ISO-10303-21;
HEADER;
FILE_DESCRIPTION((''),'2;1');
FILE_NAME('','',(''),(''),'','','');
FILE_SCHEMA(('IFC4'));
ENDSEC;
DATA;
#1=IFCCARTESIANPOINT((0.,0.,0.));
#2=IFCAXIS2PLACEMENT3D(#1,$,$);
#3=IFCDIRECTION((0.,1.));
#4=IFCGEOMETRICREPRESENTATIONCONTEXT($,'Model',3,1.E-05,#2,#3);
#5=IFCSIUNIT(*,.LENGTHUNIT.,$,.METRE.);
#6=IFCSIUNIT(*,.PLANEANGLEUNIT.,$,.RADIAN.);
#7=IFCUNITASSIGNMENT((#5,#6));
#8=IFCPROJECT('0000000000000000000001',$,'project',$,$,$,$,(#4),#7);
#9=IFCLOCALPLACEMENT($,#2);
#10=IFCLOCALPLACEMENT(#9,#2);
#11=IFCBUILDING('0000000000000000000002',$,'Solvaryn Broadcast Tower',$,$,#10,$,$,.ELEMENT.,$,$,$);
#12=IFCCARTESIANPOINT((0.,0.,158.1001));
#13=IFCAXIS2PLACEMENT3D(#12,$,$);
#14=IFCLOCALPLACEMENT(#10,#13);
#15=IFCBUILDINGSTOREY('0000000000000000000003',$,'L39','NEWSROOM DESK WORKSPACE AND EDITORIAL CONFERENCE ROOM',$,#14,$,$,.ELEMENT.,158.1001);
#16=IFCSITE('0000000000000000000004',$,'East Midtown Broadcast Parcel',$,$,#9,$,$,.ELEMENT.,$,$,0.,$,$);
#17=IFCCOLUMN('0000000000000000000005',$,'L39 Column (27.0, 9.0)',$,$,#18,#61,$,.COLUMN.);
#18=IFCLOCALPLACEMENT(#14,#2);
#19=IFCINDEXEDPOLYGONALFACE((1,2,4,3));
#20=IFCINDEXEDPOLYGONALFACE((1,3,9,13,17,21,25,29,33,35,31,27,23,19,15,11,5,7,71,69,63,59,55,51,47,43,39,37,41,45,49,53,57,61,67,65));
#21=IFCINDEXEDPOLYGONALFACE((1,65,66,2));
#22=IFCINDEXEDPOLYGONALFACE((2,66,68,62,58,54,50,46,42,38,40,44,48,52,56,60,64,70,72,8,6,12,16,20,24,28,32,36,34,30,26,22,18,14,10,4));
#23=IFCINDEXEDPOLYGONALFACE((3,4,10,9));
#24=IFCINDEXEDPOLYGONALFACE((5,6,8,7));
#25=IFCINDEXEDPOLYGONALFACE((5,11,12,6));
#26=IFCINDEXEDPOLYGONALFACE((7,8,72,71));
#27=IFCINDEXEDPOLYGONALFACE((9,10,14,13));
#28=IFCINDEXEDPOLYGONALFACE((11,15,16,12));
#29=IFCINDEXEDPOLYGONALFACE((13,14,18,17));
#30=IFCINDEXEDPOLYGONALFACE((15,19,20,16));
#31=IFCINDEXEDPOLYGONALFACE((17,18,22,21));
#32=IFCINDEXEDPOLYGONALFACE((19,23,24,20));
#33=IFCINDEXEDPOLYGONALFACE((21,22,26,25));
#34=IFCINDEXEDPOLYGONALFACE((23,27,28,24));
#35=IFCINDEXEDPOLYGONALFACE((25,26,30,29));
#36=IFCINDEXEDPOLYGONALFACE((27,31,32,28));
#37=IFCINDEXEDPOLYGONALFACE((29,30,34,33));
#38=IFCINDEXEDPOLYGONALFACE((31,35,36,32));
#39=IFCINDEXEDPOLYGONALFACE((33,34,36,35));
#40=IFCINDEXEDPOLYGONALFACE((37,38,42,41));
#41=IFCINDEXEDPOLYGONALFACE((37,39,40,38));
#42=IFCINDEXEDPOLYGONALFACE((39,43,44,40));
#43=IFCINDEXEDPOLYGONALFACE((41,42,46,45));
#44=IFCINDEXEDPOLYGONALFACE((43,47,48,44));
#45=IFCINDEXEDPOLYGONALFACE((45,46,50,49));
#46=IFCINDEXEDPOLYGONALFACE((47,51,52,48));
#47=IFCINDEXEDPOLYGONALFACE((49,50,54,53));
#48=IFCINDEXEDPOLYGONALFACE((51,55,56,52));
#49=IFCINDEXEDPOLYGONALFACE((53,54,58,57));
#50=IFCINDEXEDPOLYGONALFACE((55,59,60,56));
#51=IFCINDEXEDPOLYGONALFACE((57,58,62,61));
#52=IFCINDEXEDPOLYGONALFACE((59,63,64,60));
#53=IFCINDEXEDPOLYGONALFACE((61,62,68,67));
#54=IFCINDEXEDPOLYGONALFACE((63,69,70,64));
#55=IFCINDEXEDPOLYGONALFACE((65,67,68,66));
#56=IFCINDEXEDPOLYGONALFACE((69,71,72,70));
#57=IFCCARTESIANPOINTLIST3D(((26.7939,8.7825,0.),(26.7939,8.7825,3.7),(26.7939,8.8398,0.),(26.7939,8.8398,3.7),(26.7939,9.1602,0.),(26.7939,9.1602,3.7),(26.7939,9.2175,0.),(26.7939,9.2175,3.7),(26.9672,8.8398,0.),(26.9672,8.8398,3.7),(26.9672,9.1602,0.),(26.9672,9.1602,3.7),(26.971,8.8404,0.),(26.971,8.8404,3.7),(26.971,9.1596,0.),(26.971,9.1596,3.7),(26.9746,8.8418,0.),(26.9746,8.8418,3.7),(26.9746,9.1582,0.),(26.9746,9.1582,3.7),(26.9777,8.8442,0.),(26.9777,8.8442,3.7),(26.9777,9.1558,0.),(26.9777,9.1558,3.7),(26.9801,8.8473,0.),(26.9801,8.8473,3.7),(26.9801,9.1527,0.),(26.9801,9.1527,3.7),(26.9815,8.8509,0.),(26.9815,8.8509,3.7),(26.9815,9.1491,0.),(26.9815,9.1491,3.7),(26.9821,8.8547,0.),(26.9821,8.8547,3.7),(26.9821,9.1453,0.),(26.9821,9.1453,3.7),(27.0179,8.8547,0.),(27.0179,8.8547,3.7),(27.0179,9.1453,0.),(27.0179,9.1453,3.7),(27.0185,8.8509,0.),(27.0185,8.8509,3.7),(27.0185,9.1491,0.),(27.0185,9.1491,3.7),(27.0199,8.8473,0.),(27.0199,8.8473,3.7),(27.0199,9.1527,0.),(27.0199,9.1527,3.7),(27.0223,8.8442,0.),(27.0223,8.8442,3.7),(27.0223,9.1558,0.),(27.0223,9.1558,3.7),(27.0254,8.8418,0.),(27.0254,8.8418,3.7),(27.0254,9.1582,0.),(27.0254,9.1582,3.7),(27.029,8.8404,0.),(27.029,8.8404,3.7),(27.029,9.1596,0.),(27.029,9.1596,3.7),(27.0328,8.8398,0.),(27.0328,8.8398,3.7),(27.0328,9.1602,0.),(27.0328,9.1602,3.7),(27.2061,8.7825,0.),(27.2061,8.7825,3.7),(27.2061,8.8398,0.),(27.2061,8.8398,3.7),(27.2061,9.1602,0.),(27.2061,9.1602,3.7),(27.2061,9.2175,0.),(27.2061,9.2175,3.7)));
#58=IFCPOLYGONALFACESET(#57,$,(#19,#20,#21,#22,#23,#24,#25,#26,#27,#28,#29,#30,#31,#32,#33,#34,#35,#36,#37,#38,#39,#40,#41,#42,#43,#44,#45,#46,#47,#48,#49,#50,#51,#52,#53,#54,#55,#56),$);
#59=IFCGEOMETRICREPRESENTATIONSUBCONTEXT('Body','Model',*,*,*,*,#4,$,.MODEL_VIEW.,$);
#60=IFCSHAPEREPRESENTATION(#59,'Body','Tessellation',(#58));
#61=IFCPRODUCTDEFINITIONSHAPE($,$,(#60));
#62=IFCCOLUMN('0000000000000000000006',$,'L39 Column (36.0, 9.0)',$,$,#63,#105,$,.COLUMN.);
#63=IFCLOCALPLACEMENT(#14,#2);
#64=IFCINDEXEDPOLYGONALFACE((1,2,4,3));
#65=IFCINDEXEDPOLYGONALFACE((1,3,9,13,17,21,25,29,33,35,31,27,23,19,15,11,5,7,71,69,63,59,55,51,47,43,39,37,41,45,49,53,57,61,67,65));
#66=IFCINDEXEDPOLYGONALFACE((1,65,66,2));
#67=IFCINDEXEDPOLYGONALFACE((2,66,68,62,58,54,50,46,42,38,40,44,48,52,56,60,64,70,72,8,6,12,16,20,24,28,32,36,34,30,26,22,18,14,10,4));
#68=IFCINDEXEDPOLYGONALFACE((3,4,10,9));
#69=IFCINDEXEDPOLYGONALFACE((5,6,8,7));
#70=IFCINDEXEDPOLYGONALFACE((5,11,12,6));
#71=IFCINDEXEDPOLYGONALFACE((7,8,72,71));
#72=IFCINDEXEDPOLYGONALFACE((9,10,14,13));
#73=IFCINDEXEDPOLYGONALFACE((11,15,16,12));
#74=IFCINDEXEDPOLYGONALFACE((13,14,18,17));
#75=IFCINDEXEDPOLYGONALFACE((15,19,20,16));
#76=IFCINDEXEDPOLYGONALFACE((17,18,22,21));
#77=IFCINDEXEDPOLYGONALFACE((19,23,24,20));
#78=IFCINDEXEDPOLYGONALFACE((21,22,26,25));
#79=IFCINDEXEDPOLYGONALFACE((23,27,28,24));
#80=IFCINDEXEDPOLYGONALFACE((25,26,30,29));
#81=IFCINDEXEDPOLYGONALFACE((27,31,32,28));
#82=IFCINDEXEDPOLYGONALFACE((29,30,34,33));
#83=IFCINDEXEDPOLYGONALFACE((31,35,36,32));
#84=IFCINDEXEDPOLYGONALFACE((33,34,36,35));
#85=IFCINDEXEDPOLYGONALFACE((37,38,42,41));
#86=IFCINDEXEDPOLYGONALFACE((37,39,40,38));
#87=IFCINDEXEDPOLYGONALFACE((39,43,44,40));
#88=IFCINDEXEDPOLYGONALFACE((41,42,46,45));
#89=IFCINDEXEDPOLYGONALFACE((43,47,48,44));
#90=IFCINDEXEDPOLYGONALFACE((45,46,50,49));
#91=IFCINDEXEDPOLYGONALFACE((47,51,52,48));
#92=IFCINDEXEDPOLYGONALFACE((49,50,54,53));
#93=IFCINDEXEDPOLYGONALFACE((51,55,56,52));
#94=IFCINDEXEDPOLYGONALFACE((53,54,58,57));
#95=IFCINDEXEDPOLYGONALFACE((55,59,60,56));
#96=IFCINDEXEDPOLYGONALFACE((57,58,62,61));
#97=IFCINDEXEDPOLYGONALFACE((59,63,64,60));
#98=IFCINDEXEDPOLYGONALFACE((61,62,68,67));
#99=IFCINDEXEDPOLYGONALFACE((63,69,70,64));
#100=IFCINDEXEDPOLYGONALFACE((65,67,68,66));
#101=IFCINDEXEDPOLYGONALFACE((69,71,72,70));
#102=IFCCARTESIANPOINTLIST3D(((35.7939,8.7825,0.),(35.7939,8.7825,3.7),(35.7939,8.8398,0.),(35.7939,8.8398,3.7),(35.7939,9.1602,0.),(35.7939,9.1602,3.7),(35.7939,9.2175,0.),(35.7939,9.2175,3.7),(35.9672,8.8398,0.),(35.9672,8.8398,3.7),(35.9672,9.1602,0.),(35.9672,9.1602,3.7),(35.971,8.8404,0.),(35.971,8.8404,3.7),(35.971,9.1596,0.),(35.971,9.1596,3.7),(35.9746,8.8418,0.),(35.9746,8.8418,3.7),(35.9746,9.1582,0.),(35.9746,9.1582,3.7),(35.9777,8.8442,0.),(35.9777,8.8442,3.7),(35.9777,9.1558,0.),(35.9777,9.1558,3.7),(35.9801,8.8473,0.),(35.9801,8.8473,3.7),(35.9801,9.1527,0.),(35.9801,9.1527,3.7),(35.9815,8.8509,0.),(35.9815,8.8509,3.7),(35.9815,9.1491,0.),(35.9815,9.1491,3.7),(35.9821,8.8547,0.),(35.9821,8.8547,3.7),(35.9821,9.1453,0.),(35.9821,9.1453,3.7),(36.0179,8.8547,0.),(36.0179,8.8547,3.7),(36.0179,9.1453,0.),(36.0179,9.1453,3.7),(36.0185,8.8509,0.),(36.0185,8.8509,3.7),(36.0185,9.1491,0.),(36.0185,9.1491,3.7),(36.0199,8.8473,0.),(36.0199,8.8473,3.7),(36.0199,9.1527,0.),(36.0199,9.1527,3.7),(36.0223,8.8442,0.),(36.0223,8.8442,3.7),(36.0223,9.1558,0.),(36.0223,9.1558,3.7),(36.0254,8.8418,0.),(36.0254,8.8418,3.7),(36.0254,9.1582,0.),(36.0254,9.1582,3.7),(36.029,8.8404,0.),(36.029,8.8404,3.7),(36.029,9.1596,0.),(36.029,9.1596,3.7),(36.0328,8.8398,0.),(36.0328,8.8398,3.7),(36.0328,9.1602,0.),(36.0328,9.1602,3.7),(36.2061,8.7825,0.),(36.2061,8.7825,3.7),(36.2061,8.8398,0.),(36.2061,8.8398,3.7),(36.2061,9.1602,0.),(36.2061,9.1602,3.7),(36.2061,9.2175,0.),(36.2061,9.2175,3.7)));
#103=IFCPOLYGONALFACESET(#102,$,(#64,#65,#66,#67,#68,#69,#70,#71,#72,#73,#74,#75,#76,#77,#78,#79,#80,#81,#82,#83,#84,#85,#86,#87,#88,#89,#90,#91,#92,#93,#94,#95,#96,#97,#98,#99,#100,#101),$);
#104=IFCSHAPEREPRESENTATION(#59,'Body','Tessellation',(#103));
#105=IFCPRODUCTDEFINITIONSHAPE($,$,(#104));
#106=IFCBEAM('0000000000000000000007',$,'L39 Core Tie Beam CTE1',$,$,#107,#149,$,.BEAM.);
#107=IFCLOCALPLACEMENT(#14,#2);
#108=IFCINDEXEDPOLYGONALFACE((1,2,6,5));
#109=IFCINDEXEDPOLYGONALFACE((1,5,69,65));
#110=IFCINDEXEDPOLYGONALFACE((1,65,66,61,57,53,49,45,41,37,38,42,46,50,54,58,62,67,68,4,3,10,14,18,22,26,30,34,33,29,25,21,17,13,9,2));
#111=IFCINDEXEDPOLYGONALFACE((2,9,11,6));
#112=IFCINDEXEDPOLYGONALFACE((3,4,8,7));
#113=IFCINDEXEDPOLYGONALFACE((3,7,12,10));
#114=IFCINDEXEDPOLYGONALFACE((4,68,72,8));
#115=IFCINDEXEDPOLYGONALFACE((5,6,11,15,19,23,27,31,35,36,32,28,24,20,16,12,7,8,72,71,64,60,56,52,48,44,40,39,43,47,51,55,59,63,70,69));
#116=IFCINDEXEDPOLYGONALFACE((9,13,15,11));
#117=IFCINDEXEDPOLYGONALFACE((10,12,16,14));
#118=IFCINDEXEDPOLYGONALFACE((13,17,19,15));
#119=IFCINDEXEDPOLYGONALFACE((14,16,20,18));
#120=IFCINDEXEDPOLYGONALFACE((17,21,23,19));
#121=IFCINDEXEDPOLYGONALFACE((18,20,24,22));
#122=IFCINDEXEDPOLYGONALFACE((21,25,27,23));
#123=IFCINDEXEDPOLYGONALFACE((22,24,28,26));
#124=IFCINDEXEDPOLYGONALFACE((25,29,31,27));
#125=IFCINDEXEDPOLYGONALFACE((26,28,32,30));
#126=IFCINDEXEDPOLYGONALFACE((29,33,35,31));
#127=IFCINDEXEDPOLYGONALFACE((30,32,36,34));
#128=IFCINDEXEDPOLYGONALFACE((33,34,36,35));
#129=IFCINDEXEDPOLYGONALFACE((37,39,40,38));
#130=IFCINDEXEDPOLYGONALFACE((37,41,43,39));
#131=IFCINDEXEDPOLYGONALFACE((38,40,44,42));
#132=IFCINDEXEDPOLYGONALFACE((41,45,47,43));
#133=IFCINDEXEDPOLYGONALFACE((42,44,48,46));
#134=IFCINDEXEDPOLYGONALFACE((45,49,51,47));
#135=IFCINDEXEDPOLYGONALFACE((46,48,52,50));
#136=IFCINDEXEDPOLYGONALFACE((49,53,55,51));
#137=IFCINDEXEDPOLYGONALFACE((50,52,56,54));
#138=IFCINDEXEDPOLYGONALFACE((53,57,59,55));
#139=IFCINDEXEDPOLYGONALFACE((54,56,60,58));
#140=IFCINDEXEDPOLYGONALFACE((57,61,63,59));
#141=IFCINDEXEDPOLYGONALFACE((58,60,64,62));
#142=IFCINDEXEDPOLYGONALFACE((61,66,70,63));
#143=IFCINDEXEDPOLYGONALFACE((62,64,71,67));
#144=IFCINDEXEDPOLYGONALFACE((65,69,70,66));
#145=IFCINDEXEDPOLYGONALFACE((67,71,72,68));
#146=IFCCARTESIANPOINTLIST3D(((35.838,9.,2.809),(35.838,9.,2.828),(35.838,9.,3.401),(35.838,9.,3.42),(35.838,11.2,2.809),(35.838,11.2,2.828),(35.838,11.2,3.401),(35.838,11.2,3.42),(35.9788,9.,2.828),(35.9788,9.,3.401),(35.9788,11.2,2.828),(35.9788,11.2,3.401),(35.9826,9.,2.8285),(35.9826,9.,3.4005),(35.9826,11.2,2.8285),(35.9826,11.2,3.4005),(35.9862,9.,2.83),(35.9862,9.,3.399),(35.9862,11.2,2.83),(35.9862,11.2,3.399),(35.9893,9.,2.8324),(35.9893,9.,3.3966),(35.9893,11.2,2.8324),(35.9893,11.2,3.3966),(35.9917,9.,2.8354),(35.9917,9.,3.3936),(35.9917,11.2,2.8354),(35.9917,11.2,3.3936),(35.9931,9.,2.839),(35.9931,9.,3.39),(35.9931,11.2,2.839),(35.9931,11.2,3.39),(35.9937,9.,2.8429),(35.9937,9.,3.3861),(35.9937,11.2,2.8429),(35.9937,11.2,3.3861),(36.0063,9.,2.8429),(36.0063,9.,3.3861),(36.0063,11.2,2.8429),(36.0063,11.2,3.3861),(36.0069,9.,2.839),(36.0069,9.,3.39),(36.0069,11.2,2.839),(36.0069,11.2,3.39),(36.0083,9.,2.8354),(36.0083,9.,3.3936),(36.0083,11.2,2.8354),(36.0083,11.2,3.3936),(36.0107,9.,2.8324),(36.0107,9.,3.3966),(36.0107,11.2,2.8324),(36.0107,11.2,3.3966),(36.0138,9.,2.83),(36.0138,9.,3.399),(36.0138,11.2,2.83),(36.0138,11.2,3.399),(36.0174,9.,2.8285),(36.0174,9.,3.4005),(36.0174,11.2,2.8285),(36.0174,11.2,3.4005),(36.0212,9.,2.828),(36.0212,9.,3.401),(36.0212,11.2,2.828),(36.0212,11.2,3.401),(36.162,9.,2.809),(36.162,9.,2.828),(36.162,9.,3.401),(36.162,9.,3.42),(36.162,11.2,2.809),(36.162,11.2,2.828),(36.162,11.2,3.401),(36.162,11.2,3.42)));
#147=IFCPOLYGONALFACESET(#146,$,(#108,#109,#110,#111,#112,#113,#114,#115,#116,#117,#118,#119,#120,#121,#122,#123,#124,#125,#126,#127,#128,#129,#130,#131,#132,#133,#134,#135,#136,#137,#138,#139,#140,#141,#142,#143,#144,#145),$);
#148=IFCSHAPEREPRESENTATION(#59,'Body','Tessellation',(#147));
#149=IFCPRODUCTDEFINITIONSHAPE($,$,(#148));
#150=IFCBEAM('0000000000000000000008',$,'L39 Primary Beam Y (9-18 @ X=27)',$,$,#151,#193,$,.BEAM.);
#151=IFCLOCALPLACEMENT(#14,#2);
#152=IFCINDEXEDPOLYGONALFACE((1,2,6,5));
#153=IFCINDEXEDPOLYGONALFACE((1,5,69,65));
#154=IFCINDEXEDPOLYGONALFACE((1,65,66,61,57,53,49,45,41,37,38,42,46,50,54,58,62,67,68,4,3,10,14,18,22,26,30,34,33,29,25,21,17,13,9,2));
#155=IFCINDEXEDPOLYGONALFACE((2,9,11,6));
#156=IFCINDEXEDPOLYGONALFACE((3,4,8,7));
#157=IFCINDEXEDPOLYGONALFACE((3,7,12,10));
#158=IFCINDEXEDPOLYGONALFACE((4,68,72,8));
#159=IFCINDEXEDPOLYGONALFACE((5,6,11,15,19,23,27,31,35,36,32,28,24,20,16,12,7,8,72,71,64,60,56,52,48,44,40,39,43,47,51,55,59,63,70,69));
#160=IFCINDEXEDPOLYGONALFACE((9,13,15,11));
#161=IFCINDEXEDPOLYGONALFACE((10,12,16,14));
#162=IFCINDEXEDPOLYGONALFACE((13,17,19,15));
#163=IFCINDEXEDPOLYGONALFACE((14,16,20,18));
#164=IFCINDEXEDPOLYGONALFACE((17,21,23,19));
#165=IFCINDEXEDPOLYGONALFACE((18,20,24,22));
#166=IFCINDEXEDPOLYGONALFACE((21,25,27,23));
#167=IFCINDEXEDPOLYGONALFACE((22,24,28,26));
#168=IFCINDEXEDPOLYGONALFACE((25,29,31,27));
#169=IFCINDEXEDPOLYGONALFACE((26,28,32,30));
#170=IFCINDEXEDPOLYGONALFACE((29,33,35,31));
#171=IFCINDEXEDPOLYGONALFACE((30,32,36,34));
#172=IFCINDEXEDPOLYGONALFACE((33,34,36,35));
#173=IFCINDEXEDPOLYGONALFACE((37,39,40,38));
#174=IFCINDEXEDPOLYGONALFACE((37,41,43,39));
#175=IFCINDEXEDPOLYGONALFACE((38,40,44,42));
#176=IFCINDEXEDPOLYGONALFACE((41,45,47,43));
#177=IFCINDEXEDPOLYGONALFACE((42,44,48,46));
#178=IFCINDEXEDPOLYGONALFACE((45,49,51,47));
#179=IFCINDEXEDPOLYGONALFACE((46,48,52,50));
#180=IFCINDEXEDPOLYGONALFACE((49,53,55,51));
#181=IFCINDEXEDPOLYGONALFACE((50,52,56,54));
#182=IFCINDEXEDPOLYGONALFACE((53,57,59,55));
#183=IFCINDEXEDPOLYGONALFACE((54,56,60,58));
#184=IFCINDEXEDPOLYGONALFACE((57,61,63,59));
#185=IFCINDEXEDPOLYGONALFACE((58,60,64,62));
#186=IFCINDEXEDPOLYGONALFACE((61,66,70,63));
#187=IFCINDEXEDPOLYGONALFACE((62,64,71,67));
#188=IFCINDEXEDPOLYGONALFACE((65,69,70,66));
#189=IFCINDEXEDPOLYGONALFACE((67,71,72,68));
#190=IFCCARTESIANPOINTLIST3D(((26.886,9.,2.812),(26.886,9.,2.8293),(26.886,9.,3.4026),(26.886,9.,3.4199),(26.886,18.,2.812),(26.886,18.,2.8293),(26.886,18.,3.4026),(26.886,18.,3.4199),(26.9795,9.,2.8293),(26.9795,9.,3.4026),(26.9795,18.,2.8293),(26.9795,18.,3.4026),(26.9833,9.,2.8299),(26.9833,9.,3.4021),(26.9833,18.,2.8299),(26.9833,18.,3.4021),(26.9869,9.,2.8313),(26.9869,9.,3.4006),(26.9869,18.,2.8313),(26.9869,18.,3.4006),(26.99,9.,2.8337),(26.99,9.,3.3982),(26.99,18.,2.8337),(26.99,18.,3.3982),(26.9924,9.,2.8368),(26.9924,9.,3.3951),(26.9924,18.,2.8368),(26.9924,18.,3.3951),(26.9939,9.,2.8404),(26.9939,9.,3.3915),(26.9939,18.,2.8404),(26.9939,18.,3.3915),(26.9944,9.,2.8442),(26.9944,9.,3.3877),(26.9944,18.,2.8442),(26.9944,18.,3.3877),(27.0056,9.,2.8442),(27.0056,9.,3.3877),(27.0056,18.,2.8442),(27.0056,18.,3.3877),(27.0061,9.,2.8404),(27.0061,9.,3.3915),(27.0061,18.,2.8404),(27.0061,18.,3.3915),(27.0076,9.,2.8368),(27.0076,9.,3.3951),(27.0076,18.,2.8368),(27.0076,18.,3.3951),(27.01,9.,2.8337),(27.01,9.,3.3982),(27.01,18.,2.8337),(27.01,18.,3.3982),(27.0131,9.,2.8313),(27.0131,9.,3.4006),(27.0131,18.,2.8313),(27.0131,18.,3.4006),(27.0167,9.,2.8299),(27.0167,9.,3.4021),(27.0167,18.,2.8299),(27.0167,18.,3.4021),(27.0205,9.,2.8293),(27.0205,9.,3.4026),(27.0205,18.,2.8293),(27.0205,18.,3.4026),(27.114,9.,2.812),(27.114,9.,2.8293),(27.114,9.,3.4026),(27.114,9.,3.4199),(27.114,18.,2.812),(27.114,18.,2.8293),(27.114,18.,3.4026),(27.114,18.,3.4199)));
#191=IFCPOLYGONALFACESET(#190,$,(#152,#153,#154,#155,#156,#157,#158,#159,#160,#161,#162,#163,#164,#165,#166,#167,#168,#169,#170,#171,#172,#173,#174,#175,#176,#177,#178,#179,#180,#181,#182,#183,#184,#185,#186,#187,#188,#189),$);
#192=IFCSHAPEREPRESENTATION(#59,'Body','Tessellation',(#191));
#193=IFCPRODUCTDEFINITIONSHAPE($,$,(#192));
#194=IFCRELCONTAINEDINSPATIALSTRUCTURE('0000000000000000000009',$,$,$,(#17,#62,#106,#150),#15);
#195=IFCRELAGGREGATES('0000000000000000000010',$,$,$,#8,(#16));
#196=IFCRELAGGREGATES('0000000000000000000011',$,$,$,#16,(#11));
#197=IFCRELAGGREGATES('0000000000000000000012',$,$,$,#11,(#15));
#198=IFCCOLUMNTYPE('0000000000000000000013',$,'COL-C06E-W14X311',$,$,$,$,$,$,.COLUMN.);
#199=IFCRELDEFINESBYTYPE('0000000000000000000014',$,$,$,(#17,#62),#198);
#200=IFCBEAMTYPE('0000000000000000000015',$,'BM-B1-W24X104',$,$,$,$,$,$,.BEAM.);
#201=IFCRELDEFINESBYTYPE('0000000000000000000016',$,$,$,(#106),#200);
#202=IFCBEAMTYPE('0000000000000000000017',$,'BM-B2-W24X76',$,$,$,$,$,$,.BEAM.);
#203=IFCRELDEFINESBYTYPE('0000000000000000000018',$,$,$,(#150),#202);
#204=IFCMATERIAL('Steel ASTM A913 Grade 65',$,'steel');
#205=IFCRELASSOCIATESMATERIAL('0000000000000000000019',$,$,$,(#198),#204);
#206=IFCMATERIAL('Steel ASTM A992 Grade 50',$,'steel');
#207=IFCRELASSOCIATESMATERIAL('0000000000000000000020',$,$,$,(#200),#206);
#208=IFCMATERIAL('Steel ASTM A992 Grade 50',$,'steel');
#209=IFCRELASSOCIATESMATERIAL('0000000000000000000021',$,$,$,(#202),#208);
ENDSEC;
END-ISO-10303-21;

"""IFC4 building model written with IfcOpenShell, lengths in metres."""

from ifc_helpers import new_model, si_unit, direction, frame, origin, origin_2d, place, context, subcontext, project, spatial, i_section, extrude, material, material_profile, profile_set, type_object, element, save


model = new_model("IFC4")

# Units and contexts
model_context = context("Model", 3, precision=1e-05, world=origin(), true_north=direction((0.0, 1.0)))
body_context = subcontext(model_context, "Body", "Model", "MODEL_VIEW")
ifc_project = project(units=[si_unit("LENGTHUNIT", "METRE"), si_unit("PLANEANGLEUNIT", "RADIAN")], contexts=[model_context])

# Site, building, storey
site_placement = place(None, origin())
site = spatial("IfcSite", under=ifc_project, at=site_placement, Name="East Midtown Broadcast Parcel", CompositionType="ELEMENT", RefElevation=0.0)
building_placement = place(site_placement, origin())
building = spatial("IfcBuilding", under=site, at=building_placement, Name="Solvaryn Broadcast Tower", CompositionType="ELEMENT")
storey_placement = place(building_placement, frame((0.0, 0.0, 158.1001)))
storey = spatial("IfcBuildingStorey", under=building, at=storey_placement, Name="L39", Description="NEWSROOM DESK WORKSPACE AND EDITORIAL CONFERENCE ROOM", CompositionType="ELEMENT", Elevation=158.1001)

# Columns
ifc_material_1 = material(Name="Steel ASTM A913 Grade 65", Category="steel")
ifc_material_profile_1 = material_profile(ifc_material_1, i_section(OverallWidth=0.4121, OverallDepth=0.4351, WebThickness=0.0359, FlangeThickness=0.0574, FilletRadius=0.0149, at=origin_2d()))
ifc_profile_set_1 = profile_set([ifc_material_profile_1], Name="Steel ASTM A913 Grade 65")
column_type = type_object("IfcColumnType", Name="COL-C06E-W14X311", PredefinedType="COLUMN", material=ifc_profile_set_1)
for number, where, z_axis, x_axis, name in (
    (1, (27.0, 9.0, 0.0), (0.0, 0.0, 1.0), (1.0, 0.0, 0.0), "L39 Column (27.0, 9.0)"),
    (2, (36.0, 9.0, 0.0), (0.0, 0.0, 1.0), (1.0, 0.0, 0.0), "L39 Column (36.0, 9.0)"),
):
    element("IfcColumn", number, at=place(storey_placement, frame(where, z_axis=z_axis, x_axis=x_axis)), inside=storey, type_object=column_type, Name=name, PredefinedType="COLUMN", context=body_context, shape_type="SweptSolid", body=[
        extrude(i_section(OverallWidth=0.4121, OverallDepth=0.4351, WebThickness=0.0359, FlangeThickness=0.0574, FilletRadius=0.0149, at=origin_2d()), origin(), (0.0, 0.0, 1.0), 3.7),
    ])

# Beams
ifc_material_2 = material(Name="Steel ASTM A992 Grade 50", Category="steel")
ifc_material_profile_2 = material_profile(ifc_material_2, i_section(OverallWidth=0.324, OverallDepth=0.6111, WebThickness=0.0127, FlangeThickness=0.019, FilletRadius=0.0149, at=origin_2d()))
ifc_profile_set_2 = profile_set([ifc_material_profile_2], Name="Steel ASTM A992 Grade 50")
beam_type_1 = type_object("IfcBeamType", Name="BM-B1-W24X104", PredefinedType="BEAM", material=ifc_profile_set_2)
beam_1_placement = place(storey_placement, frame((36.0, 9.0, 3.1145), z_axis=(0.0, 1.0, 0.0), x_axis=(-1.0, 0.0, 0.0)))
element("IfcBeam", 3, at=beam_1_placement, inside=storey, type_object=beam_type_1, Name="L39 Core Tie Beam CTE1", PredefinedType="BEAM", context=body_context, shape_type="SweptSolid", body=[
    extrude(i_section(OverallWidth=0.324, OverallDepth=0.6111, WebThickness=0.0127, FlangeThickness=0.019, FilletRadius=0.0149, at=origin_2d()), origin(), (0.0, 0.0, 1.0), 2.2),
])
ifc_material_3 = material(Name="Steel ASTM A992 Grade 50", Category="steel")
ifc_material_profile_3 = material_profile(ifc_material_3, i_section(OverallWidth=0.228, OverallDepth=0.6079, WebThickness=0.0112, FlangeThickness=0.0173, FilletRadius=0.0149, at=origin_2d()))
ifc_profile_set_3 = profile_set([ifc_material_profile_3], Name="Steel ASTM A992 Grade 50")
beam_type_2 = type_object("IfcBeamType", Name="BM-B2-W24X76", PredefinedType="BEAM", material=ifc_profile_set_3)
beam_2_placement = place(storey_placement, frame((27.0, 9.0, 3.116), z_axis=(0.0, 1.0, 0.0), x_axis=(-1.0, 0.0, 0.0)))
element("IfcBeam", 4, at=beam_2_placement, inside=storey, type_object=beam_type_2, Name="L39 Primary Beam Y (9-18 @ X=27)", PredefinedType="BEAM", context=body_context, shape_type="SweptSolid", body=[
    extrude(i_section(OverallWidth=0.228, OverallDepth=0.6079, WebThickness=0.0112, FlangeThickness=0.0173, FilletRadius=0.0149, at=origin_2d()), origin(), (0.0, 0.0, 1.0), 9.0),
])

save(model, "model.ifc")
